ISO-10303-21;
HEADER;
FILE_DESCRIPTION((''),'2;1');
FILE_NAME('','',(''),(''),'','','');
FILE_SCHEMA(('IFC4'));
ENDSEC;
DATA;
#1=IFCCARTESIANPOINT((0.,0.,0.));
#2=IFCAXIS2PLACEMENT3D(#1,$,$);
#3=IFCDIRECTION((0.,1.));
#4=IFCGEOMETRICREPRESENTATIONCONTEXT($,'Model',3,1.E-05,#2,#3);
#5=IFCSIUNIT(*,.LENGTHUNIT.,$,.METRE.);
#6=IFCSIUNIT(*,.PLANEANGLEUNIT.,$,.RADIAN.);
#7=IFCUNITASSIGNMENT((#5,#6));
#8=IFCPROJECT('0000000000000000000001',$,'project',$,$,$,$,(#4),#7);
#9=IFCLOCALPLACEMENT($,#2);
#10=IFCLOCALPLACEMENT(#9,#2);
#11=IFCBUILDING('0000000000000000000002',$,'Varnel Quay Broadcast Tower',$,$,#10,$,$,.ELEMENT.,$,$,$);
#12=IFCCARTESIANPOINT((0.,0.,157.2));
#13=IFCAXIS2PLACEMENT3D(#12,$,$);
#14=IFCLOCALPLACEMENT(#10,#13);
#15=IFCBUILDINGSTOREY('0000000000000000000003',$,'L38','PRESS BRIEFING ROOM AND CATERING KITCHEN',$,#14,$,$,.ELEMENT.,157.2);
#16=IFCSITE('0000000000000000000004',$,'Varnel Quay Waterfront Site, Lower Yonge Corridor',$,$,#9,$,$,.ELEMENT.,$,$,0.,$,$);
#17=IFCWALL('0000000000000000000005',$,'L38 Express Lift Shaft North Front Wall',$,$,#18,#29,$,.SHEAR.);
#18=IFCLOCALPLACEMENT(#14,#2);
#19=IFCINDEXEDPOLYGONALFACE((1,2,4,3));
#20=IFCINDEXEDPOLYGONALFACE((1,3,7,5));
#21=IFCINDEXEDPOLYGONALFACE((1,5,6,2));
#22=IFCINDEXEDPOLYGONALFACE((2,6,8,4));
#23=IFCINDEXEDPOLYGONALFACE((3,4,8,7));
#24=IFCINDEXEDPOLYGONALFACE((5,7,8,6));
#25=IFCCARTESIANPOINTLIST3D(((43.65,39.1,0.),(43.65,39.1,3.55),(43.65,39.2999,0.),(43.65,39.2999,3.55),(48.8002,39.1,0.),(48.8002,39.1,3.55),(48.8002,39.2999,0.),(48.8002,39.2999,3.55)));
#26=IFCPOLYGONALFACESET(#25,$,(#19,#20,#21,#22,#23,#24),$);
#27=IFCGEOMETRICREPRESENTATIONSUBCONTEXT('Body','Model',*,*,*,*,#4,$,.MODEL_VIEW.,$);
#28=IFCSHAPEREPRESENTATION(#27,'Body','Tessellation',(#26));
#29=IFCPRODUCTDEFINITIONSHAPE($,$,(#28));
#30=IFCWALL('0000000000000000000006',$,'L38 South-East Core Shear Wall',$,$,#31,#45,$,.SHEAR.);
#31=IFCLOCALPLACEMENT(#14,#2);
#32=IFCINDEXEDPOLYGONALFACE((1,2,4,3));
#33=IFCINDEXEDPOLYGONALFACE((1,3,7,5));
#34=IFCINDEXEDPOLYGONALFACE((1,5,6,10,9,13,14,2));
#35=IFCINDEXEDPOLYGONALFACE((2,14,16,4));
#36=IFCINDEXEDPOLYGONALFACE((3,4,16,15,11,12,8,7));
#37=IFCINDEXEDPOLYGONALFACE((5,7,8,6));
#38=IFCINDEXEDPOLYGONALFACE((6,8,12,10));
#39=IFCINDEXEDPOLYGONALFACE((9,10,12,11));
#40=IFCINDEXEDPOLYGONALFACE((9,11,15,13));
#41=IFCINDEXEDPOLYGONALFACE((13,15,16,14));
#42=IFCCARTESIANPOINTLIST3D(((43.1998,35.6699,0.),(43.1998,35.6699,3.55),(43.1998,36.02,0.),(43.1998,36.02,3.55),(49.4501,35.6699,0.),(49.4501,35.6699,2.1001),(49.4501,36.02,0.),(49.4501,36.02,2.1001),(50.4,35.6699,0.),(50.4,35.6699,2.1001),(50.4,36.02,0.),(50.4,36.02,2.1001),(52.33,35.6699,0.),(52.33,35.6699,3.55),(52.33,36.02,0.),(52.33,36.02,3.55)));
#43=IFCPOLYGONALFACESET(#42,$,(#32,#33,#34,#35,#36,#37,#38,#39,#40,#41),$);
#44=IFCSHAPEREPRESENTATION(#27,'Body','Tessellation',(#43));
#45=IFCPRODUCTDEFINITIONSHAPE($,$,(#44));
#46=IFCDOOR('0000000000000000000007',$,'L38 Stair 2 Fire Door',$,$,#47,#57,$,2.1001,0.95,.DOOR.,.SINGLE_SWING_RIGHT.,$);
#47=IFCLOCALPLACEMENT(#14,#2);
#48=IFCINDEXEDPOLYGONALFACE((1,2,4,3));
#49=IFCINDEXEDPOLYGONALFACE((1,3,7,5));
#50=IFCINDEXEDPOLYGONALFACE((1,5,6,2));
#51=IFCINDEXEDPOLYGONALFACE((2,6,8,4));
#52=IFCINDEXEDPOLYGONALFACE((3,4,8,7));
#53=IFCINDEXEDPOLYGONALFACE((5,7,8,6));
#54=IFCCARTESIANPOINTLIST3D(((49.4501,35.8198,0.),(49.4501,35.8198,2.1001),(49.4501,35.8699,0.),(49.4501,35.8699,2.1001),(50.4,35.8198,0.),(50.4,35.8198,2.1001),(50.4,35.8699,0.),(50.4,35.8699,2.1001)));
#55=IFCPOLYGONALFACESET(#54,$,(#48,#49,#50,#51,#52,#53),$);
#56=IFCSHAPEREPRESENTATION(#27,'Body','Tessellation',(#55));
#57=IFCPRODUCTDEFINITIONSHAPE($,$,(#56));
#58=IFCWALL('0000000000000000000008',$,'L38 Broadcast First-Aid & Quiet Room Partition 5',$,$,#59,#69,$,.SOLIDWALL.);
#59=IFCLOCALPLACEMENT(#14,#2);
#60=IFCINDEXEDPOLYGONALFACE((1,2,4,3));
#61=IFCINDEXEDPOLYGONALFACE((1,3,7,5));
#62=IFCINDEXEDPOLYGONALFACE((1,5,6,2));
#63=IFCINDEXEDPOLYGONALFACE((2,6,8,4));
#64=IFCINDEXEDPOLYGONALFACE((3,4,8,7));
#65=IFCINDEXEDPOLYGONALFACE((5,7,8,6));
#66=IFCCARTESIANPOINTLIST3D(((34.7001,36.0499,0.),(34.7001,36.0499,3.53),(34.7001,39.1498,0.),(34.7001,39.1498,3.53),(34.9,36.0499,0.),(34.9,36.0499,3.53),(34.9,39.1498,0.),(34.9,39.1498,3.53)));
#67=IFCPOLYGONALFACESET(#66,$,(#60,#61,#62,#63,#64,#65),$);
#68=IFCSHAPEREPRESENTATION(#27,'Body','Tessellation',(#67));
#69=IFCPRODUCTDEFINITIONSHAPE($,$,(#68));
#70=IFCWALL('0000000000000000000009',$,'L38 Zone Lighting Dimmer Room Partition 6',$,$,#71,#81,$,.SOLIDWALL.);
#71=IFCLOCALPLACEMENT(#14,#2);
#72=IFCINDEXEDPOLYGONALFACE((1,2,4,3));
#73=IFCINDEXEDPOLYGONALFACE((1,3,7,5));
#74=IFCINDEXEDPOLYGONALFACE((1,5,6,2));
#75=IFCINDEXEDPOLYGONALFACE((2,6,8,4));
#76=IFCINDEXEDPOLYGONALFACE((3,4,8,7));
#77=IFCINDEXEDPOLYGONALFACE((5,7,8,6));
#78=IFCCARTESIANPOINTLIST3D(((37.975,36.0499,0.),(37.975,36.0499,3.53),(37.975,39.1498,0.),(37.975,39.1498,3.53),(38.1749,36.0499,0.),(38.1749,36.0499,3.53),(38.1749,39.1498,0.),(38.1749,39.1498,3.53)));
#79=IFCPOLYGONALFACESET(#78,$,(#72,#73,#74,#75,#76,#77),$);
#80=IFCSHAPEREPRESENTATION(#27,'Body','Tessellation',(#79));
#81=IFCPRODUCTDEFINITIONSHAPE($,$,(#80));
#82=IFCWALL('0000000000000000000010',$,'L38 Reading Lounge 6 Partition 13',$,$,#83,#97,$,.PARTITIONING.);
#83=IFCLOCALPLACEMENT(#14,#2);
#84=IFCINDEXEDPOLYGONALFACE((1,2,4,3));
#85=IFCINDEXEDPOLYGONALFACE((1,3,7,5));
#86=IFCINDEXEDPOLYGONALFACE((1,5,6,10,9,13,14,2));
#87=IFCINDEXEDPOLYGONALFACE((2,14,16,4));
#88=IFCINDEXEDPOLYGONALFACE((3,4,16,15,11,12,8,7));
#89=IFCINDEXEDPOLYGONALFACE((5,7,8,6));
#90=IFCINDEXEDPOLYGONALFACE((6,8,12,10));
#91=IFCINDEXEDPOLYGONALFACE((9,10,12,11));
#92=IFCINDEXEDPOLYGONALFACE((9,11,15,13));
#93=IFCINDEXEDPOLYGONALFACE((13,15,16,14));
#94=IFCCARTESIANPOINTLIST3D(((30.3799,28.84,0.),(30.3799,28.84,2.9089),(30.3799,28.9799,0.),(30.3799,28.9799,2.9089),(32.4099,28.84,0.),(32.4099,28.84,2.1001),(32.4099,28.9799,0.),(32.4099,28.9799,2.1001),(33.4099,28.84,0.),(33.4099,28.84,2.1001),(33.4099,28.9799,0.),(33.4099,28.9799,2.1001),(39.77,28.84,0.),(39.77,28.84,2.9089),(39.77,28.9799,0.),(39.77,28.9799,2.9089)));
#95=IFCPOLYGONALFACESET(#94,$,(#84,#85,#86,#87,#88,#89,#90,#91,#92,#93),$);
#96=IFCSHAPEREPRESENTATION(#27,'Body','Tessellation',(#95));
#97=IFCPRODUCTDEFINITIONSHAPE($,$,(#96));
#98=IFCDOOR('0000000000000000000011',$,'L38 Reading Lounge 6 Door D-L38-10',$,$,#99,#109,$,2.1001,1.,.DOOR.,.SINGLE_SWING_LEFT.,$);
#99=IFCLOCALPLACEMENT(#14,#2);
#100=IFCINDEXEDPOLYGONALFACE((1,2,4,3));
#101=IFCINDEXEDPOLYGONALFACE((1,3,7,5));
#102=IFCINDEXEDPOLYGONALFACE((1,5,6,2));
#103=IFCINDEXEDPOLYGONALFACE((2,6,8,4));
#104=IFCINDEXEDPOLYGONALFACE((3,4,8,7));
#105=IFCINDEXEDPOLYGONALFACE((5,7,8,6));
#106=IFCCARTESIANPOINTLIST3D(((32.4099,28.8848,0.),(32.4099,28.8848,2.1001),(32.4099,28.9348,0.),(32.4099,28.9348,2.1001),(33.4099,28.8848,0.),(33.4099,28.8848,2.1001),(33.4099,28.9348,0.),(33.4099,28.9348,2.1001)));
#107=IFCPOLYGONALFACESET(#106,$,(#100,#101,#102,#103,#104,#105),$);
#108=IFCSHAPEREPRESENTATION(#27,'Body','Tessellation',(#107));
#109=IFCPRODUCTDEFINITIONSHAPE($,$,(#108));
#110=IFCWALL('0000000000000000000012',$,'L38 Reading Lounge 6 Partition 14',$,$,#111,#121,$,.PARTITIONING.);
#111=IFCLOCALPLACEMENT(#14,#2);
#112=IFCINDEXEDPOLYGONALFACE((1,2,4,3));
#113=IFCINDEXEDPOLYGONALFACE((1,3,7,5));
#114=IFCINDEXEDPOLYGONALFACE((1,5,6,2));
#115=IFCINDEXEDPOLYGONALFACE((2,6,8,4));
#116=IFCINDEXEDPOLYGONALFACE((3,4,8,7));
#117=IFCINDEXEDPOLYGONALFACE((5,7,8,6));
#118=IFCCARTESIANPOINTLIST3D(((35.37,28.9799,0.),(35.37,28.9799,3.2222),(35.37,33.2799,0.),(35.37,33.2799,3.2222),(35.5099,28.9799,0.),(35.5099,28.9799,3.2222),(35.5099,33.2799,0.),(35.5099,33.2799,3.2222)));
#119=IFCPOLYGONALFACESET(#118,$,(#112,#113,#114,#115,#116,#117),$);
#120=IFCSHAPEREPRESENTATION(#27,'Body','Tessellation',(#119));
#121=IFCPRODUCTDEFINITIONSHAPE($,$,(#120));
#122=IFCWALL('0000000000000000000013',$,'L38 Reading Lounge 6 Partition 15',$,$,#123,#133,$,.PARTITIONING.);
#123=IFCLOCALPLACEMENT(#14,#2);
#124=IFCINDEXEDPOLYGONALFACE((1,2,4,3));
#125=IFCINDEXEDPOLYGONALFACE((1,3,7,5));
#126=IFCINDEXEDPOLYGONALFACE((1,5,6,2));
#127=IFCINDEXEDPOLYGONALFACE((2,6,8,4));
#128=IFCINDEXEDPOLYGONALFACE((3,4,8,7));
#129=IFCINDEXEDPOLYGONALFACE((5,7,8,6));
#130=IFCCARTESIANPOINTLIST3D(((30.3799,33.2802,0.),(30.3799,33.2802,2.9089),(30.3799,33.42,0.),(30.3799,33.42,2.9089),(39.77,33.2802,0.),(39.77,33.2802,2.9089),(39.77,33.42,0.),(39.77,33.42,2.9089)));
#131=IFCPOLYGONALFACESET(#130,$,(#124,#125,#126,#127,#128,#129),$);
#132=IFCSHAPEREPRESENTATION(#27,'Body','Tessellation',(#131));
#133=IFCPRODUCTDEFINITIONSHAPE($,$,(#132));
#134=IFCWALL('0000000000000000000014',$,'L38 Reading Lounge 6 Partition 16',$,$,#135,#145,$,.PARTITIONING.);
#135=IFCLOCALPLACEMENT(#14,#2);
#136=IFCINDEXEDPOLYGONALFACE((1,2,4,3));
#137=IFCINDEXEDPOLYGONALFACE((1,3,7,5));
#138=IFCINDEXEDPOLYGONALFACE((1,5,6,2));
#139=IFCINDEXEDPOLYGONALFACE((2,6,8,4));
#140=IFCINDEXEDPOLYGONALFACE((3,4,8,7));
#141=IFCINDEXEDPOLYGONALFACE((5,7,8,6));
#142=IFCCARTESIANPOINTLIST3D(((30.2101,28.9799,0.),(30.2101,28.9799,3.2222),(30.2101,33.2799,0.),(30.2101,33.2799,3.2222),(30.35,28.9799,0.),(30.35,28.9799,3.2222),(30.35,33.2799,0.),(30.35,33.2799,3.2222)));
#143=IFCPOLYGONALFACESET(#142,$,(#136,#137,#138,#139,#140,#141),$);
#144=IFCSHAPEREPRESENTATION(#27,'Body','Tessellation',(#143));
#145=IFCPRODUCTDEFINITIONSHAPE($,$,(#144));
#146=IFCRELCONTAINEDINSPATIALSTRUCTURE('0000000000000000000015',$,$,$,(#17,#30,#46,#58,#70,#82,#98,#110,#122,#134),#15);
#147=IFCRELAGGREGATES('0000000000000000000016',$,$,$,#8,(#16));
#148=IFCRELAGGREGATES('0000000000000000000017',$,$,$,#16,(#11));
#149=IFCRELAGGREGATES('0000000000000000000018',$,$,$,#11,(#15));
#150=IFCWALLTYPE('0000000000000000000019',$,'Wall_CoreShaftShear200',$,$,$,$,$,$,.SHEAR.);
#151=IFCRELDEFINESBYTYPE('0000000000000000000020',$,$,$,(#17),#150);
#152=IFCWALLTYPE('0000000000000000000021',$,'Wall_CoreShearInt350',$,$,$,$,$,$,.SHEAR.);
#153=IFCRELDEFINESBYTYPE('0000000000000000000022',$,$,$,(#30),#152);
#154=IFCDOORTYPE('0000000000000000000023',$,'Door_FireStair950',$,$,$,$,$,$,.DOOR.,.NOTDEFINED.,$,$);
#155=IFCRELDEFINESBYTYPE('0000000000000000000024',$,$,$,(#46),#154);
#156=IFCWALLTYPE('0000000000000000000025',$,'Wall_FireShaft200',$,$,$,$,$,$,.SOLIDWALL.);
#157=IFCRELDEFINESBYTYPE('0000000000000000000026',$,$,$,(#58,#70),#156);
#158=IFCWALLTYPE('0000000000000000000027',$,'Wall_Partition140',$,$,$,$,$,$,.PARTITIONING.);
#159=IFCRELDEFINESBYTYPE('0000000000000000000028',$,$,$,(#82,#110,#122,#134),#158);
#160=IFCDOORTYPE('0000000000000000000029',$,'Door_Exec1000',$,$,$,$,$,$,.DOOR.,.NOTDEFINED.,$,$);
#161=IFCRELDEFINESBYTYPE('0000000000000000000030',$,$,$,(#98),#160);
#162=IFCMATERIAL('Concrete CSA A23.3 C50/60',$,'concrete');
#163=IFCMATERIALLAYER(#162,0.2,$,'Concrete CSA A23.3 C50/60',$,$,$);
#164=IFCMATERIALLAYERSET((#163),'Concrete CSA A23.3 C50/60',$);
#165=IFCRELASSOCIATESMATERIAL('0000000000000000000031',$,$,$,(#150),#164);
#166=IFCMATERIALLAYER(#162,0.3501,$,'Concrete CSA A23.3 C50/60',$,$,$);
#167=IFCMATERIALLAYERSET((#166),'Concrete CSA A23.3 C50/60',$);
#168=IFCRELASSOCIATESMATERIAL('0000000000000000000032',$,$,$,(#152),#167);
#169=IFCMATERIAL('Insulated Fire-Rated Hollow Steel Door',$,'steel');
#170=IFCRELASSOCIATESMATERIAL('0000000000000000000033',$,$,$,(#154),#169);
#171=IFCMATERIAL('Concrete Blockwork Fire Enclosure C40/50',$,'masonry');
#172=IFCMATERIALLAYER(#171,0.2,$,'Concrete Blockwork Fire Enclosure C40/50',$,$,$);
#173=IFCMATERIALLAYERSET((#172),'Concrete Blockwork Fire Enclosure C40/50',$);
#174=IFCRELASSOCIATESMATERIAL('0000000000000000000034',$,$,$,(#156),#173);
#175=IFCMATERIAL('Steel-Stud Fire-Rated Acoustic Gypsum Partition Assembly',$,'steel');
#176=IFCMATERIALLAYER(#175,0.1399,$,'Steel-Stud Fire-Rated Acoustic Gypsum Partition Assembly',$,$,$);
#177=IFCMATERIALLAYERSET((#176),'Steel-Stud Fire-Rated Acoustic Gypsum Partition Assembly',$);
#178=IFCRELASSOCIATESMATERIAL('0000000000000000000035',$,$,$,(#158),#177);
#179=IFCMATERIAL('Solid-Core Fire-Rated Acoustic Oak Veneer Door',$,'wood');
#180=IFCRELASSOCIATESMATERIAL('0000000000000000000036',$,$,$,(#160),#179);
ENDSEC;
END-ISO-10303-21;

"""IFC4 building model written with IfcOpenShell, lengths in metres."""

from ifc_helpers import new_model, si_unit, direction, frame, frame_2d, origin, place, context, subcontext, project, spatial, rectangle, extrude, source, transform, mapped, material, layer, layer_set, type_object, type_shapes, element, fill, save


model = new_model("IFC4")

# Units and contexts
model_context = context("Model", 3, precision=1e-05, world=origin(), true_north=direction((0.0, 1.0)))
body_context = subcontext(model_context, "Body", "Model", "MODEL_VIEW")
ifc_project = project(units=[si_unit("LENGTHUNIT", "METRE"), si_unit("PLANEANGLEUNIT", "RADIAN")], contexts=[model_context])

# Site, building, storey
site_placement = place(None, origin())
site = spatial("IfcSite", under=ifc_project, at=site_placement, Name="Varnel Quay Waterfront Site, Lower Yonge Corridor", CompositionType="ELEMENT", RefElevation=0.0)
building_placement = place(site_placement, origin())
building = spatial("IfcBuilding", under=site, at=building_placement, Name="Varnel Quay Broadcast Tower", CompositionType="ELEMENT")
storey_placement = place(building_placement, frame((0.0, 0.0, 157.2)))
storey = spatial("IfcBuildingStorey", under=building, at=storey_placement, Name="L38", Description="PRESS BRIEFING ROOM AND CATERING KITCHEN", CompositionType="ELEMENT", Elevation=157.2)

# Shared definitions
ifc_material_1 = material(Name="Concrete CSA A23.3 C50/60", Category="concrete")

# Wall
ifc_layer_1 = layer(ifc_material_1, 0.2, Name="Concrete CSA A23.3 C50/60")
ifc_layer_set_1 = layer_set([ifc_layer_1], Name="Concrete CSA A23.3 C50/60")
wall_type_1 = type_object("IfcWallType", Name="Wall_CoreShaftShear200", PredefinedType="SHEAR", material=ifc_layer_set_1)
wall_1_placement = place(storey_placement, frame((43.6499, 39.2, 0.0), z_axis=(0.0, 0.0, 1.0), x_axis=(1.0, 0.0, 0.0)))
element("IfcWall", 1, at=wall_1_placement, inside=storey, type_object=wall_type_1, Name="L38 Express Lift Shaft North Front Wall", PredefinedType="SHEAR", context=body_context, shape_type="SweptSolid", body=[
    extrude(rectangle(XDim=5.1501, YDim=0.2, at=frame_2d((2.5752, 0.0))), origin(), (0.0, 0.0, 1.0), 3.55),
])

# Wall, opening, door
ifc_layer_2 = layer(ifc_material_1, 0.3501, Name="Concrete CSA A23.3 C50/60")
ifc_layer_set_2 = layer_set([ifc_layer_2], Name="Concrete CSA A23.3 C50/60")
wall_type_2 = type_object("IfcWallType", Name="Wall_CoreShearInt350", PredefinedType="SHEAR", material=ifc_layer_set_2)
wall_2_placement = place(storey_placement, frame((43.2, 35.845, 0.0), z_axis=(0.0, 0.0, 1.0), x_axis=(1.0, 0.0, 0.0)))
wall_2 = element("IfcWall", 2, at=wall_2_placement, inside=storey, type_object=wall_type_2, Name="L38 South-East Core Shear Wall", PredefinedType="SHEAR", context=body_context, shape_type="SweptSolid", body=[
    extrude(rectangle(XDim=9.1301, YDim=0.3501, at=frame_2d((4.5649, 0.0))), origin(), (0.0, 0.0, 1.0), 3.55),
])
opening_1_placement = place(wall_2_placement, frame((6.25, 0.0, 0.0)))
opening_1 = element("IfcOpeningElement", 3, at=opening_1_placement, cuts=wall_2, PredefinedType="OPENING", context=body_context, shape_type="SweptSolid", body=[
    extrude(rectangle(XDim=0.95, YDim=2.1001, at=frame_2d((0.4751, 1.05))), frame((0.0, 0.1851, 0.0), z_axis=(0.0, -1.0, 0.0), x_axis=(1.0, 0.0, 0.0)), (0.0, 0.0, 1.0), 0.3701),
])
ifc_material_2 = material(Name="Insulated Fire-Rated Hollow Steel Door", Category="steel")
door_type_1 = type_object("IfcDoorType", Name="Door_FireStair950", OperationType="NOTDEFINED", PredefinedType="DOOR", material=ifc_material_2)
shared_shape_1 = source(origin(), body_context, "Body", "SweptSolid", [
    extrude(rectangle(XDim=0.95, YDim=2.1001, at=frame_2d((0.4751, 1.05))), frame((0.0, 0.0249, 0.0), z_axis=(0.0, -1.0, 0.0), x_axis=(1.0, 0.0, 0.0)), (0.0, 0.0, 1.0), 0.05),
])
type_shapes(door_type_1, [shared_shape_1])
door_1_placement = place(opening_1_placement, origin())
door_1 = element("IfcDoor", 4, at=door_1_placement, inside=storey, type_object=door_type_1, Name="L38 Stair 2 Fire Door", OperationType="SINGLE_SWING_RIGHT", OverallHeight=2.1001, OverallWidth=0.95, PredefinedType="DOOR", context=body_context, shape_type="MappedRepresentation", body=[
    mapped(shared_shape_1, transform((0.0, 0.0, 0.0), x_axis=(1.0, 0.0, 0.0), y_axis=(0.0, 1.0, 0.0), z_axis=(0.0, 0.0, 1.0), scale=1.0)),
])
fill(opening_1, door_1)

# Walls
ifc_material_3 = material(Name="Concrete Blockwork Fire Enclosure C40/50", Category="masonry")
ifc_layer_3 = layer(ifc_material_3, 0.2, Name="Concrete Blockwork Fire Enclosure C40/50")
ifc_layer_set_3 = layer_set([ifc_layer_3], Name="Concrete Blockwork Fire Enclosure C40/50")
wall_type_3 = type_object("IfcWallType", Name="Wall_FireShaft200", PredefinedType="SOLIDWALL", material=ifc_layer_set_3)
for number, where, z_axis, x_axis, name in (
    (5, (34.8, 36.05, 0.0), (0.0, 0.0, 1.0), (0.0, 1.0, 0.0), "L38 Broadcast First-Aid & Quiet Room Partition 5"),
    (6, (38.075, 36.05, 0.0), (0.0, 0.0, 1.0), (0.0, 1.0, 0.0), "L38 Zone Lighting Dimmer Room Partition 6"),
):
    element("IfcWall", number, at=place(storey_placement, frame(where, z_axis=z_axis, x_axis=x_axis)), inside=storey, type_object=wall_type_3, Name=name, PredefinedType="SOLIDWALL", context=body_context, shape_type="SweptSolid", body=[
        extrude(rectangle(XDim=3.0999, YDim=0.2, at=frame_2d((1.5498, 0.0))), origin(), (0.0, 0.0, 1.0), 3.53),
    ])

# Wall, opening, door
ifc_material_4 = material(Name="Steel-Stud Fire-Rated Acoustic Gypsum Partition Assembly", Category="steel")
ifc_layer_4 = layer(ifc_material_4, 0.1399, Name="Steel-Stud Fire-Rated Acoustic Gypsum Partition Assembly")
ifc_layer_set_4 = layer_set([ifc_layer_4], Name="Steel-Stud Fire-Rated Acoustic Gypsum Partition Assembly")
wall_type_4 = type_object("IfcWallType", Name="Wall_Partition140", PredefinedType="PARTITIONING", material=ifc_layer_set_4)
wall_3_placement = place(storey_placement, frame((30.3799, 28.9099, 0.0), z_axis=(0.0, 0.0, 1.0), x_axis=(1.0, 0.0, 0.0)))
wall_3 = element("IfcWall", 7, at=wall_3_placement, inside=storey, type_object=wall_type_4, Name="L38 Reading Lounge 6 Partition 13", PredefinedType="PARTITIONING", context=body_context, shape_type="SweptSolid", body=[
    extrude(rectangle(XDim=9.3901, YDim=0.1399, at=frame_2d((4.6951, 0.0))), origin(), (0.0, 0.0, 1.0), 2.9089),
])
opening_2_placement = place(wall_3_placement, frame((2.03, 0.0, 0.0)))
opening_2 = element("IfcOpeningElement", 8, at=opening_2_placement, cuts=wall_3, PredefinedType="OPENING", context=body_context, shape_type="SweptSolid", body=[
    extrude(rectangle(XDim=1.0, YDim=2.1001, at=frame_2d((0.5, 1.05))), frame((0.0, 0.0801, 0.0), z_axis=(0.0, -1.0, 0.0), x_axis=(1.0, 0.0, 0.0)), (0.0, 0.0, 1.0), 0.1599),
])
ifc_material_5 = material(Name="Solid-Core Fire-Rated Acoustic Oak Veneer Door", Category="wood")
door_type_2 = type_object("IfcDoorType", Name="Door_Exec1000", OperationType="NOTDEFINED", PredefinedType="DOOR", material=ifc_material_5)
shared_shape_2 = source(origin(), body_context, "Body", "SweptSolid", [
    extrude(rectangle(XDim=1.0, YDim=2.1001, at=frame_2d((0.5, 1.05))), frame((0.0, 0.0249, 0.0), z_axis=(0.0, -1.0, 0.0), x_axis=(1.0, 0.0, 0.0)), (0.0, 0.0, 1.0), 0.05),
])
type_shapes(door_type_2, [shared_shape_2])
door_2_placement = place(opening_2_placement, origin())
door_2 = element("IfcDoor", 9, at=door_2_placement, inside=storey, type_object=door_type_2, Name="L38 Reading Lounge 6 Door D-L38-10", OperationType="SINGLE_SWING_LEFT", OverallHeight=2.1001, OverallWidth=1.0, PredefinedType="DOOR", context=body_context, shape_type="MappedRepresentation", body=[
    mapped(shared_shape_2, transform((0.0, 0.0, 0.0), x_axis=(1.0, 0.0, 0.0), y_axis=(0.0, 1.0, 0.0), z_axis=(0.0, 0.0, 1.0), scale=1.0)),
])
fill(opening_2, door_2)

# Walls
wall_4_placement = place(storey_placement, frame((35.4399, 28.98, 0.0), z_axis=(0.0, 0.0, 1.0), x_axis=(0.0, 1.0, 0.0)))
element("IfcWall", 10, at=wall_4_placement, inside=storey, type_object=wall_type_4, Name="L38 Reading Lounge 6 Partition 14", PredefinedType="PARTITIONING", context=body_context, shape_type="SweptSolid", body=[
    extrude(rectangle(XDim=4.3, YDim=0.1399, at=frame_2d((2.1499, 0.0))), origin(), (0.0, 0.0, 1.0), 3.2222),
])
wall_5_placement = place(storey_placement, frame((30.3799, 33.3501, 0.0), z_axis=(0.0, 0.0, 1.0), x_axis=(1.0, 0.0, 0.0)))
element("IfcWall", 11, at=wall_5_placement, inside=storey, type_object=wall_type_4, Name="L38 Reading Lounge 6 Partition 15", PredefinedType="PARTITIONING", context=body_context, shape_type="SweptSolid", body=[
    extrude(rectangle(XDim=9.3901, YDim=0.1399, at=frame_2d((4.6951, 0.0))), origin(), (0.0, 0.0, 1.0), 2.9089),
])
wall_6_placement = place(storey_placement, frame((30.28, 28.98, 0.0), z_axis=(0.0, 0.0, 1.0), x_axis=(0.0, 1.0, 0.0)))
element("IfcWall", 12, at=wall_6_placement, inside=storey, type_object=wall_type_4, Name="L38 Reading Lounge 6 Partition 16", PredefinedType="PARTITIONING", context=body_context, shape_type="SweptSolid", body=[
    extrude(rectangle(XDim=4.3, YDim=0.1399, at=frame_2d((2.1499, 0.0))), origin(), (0.0, 0.0, 1.0), 3.2222),
])

save(model, "model.ifc")
